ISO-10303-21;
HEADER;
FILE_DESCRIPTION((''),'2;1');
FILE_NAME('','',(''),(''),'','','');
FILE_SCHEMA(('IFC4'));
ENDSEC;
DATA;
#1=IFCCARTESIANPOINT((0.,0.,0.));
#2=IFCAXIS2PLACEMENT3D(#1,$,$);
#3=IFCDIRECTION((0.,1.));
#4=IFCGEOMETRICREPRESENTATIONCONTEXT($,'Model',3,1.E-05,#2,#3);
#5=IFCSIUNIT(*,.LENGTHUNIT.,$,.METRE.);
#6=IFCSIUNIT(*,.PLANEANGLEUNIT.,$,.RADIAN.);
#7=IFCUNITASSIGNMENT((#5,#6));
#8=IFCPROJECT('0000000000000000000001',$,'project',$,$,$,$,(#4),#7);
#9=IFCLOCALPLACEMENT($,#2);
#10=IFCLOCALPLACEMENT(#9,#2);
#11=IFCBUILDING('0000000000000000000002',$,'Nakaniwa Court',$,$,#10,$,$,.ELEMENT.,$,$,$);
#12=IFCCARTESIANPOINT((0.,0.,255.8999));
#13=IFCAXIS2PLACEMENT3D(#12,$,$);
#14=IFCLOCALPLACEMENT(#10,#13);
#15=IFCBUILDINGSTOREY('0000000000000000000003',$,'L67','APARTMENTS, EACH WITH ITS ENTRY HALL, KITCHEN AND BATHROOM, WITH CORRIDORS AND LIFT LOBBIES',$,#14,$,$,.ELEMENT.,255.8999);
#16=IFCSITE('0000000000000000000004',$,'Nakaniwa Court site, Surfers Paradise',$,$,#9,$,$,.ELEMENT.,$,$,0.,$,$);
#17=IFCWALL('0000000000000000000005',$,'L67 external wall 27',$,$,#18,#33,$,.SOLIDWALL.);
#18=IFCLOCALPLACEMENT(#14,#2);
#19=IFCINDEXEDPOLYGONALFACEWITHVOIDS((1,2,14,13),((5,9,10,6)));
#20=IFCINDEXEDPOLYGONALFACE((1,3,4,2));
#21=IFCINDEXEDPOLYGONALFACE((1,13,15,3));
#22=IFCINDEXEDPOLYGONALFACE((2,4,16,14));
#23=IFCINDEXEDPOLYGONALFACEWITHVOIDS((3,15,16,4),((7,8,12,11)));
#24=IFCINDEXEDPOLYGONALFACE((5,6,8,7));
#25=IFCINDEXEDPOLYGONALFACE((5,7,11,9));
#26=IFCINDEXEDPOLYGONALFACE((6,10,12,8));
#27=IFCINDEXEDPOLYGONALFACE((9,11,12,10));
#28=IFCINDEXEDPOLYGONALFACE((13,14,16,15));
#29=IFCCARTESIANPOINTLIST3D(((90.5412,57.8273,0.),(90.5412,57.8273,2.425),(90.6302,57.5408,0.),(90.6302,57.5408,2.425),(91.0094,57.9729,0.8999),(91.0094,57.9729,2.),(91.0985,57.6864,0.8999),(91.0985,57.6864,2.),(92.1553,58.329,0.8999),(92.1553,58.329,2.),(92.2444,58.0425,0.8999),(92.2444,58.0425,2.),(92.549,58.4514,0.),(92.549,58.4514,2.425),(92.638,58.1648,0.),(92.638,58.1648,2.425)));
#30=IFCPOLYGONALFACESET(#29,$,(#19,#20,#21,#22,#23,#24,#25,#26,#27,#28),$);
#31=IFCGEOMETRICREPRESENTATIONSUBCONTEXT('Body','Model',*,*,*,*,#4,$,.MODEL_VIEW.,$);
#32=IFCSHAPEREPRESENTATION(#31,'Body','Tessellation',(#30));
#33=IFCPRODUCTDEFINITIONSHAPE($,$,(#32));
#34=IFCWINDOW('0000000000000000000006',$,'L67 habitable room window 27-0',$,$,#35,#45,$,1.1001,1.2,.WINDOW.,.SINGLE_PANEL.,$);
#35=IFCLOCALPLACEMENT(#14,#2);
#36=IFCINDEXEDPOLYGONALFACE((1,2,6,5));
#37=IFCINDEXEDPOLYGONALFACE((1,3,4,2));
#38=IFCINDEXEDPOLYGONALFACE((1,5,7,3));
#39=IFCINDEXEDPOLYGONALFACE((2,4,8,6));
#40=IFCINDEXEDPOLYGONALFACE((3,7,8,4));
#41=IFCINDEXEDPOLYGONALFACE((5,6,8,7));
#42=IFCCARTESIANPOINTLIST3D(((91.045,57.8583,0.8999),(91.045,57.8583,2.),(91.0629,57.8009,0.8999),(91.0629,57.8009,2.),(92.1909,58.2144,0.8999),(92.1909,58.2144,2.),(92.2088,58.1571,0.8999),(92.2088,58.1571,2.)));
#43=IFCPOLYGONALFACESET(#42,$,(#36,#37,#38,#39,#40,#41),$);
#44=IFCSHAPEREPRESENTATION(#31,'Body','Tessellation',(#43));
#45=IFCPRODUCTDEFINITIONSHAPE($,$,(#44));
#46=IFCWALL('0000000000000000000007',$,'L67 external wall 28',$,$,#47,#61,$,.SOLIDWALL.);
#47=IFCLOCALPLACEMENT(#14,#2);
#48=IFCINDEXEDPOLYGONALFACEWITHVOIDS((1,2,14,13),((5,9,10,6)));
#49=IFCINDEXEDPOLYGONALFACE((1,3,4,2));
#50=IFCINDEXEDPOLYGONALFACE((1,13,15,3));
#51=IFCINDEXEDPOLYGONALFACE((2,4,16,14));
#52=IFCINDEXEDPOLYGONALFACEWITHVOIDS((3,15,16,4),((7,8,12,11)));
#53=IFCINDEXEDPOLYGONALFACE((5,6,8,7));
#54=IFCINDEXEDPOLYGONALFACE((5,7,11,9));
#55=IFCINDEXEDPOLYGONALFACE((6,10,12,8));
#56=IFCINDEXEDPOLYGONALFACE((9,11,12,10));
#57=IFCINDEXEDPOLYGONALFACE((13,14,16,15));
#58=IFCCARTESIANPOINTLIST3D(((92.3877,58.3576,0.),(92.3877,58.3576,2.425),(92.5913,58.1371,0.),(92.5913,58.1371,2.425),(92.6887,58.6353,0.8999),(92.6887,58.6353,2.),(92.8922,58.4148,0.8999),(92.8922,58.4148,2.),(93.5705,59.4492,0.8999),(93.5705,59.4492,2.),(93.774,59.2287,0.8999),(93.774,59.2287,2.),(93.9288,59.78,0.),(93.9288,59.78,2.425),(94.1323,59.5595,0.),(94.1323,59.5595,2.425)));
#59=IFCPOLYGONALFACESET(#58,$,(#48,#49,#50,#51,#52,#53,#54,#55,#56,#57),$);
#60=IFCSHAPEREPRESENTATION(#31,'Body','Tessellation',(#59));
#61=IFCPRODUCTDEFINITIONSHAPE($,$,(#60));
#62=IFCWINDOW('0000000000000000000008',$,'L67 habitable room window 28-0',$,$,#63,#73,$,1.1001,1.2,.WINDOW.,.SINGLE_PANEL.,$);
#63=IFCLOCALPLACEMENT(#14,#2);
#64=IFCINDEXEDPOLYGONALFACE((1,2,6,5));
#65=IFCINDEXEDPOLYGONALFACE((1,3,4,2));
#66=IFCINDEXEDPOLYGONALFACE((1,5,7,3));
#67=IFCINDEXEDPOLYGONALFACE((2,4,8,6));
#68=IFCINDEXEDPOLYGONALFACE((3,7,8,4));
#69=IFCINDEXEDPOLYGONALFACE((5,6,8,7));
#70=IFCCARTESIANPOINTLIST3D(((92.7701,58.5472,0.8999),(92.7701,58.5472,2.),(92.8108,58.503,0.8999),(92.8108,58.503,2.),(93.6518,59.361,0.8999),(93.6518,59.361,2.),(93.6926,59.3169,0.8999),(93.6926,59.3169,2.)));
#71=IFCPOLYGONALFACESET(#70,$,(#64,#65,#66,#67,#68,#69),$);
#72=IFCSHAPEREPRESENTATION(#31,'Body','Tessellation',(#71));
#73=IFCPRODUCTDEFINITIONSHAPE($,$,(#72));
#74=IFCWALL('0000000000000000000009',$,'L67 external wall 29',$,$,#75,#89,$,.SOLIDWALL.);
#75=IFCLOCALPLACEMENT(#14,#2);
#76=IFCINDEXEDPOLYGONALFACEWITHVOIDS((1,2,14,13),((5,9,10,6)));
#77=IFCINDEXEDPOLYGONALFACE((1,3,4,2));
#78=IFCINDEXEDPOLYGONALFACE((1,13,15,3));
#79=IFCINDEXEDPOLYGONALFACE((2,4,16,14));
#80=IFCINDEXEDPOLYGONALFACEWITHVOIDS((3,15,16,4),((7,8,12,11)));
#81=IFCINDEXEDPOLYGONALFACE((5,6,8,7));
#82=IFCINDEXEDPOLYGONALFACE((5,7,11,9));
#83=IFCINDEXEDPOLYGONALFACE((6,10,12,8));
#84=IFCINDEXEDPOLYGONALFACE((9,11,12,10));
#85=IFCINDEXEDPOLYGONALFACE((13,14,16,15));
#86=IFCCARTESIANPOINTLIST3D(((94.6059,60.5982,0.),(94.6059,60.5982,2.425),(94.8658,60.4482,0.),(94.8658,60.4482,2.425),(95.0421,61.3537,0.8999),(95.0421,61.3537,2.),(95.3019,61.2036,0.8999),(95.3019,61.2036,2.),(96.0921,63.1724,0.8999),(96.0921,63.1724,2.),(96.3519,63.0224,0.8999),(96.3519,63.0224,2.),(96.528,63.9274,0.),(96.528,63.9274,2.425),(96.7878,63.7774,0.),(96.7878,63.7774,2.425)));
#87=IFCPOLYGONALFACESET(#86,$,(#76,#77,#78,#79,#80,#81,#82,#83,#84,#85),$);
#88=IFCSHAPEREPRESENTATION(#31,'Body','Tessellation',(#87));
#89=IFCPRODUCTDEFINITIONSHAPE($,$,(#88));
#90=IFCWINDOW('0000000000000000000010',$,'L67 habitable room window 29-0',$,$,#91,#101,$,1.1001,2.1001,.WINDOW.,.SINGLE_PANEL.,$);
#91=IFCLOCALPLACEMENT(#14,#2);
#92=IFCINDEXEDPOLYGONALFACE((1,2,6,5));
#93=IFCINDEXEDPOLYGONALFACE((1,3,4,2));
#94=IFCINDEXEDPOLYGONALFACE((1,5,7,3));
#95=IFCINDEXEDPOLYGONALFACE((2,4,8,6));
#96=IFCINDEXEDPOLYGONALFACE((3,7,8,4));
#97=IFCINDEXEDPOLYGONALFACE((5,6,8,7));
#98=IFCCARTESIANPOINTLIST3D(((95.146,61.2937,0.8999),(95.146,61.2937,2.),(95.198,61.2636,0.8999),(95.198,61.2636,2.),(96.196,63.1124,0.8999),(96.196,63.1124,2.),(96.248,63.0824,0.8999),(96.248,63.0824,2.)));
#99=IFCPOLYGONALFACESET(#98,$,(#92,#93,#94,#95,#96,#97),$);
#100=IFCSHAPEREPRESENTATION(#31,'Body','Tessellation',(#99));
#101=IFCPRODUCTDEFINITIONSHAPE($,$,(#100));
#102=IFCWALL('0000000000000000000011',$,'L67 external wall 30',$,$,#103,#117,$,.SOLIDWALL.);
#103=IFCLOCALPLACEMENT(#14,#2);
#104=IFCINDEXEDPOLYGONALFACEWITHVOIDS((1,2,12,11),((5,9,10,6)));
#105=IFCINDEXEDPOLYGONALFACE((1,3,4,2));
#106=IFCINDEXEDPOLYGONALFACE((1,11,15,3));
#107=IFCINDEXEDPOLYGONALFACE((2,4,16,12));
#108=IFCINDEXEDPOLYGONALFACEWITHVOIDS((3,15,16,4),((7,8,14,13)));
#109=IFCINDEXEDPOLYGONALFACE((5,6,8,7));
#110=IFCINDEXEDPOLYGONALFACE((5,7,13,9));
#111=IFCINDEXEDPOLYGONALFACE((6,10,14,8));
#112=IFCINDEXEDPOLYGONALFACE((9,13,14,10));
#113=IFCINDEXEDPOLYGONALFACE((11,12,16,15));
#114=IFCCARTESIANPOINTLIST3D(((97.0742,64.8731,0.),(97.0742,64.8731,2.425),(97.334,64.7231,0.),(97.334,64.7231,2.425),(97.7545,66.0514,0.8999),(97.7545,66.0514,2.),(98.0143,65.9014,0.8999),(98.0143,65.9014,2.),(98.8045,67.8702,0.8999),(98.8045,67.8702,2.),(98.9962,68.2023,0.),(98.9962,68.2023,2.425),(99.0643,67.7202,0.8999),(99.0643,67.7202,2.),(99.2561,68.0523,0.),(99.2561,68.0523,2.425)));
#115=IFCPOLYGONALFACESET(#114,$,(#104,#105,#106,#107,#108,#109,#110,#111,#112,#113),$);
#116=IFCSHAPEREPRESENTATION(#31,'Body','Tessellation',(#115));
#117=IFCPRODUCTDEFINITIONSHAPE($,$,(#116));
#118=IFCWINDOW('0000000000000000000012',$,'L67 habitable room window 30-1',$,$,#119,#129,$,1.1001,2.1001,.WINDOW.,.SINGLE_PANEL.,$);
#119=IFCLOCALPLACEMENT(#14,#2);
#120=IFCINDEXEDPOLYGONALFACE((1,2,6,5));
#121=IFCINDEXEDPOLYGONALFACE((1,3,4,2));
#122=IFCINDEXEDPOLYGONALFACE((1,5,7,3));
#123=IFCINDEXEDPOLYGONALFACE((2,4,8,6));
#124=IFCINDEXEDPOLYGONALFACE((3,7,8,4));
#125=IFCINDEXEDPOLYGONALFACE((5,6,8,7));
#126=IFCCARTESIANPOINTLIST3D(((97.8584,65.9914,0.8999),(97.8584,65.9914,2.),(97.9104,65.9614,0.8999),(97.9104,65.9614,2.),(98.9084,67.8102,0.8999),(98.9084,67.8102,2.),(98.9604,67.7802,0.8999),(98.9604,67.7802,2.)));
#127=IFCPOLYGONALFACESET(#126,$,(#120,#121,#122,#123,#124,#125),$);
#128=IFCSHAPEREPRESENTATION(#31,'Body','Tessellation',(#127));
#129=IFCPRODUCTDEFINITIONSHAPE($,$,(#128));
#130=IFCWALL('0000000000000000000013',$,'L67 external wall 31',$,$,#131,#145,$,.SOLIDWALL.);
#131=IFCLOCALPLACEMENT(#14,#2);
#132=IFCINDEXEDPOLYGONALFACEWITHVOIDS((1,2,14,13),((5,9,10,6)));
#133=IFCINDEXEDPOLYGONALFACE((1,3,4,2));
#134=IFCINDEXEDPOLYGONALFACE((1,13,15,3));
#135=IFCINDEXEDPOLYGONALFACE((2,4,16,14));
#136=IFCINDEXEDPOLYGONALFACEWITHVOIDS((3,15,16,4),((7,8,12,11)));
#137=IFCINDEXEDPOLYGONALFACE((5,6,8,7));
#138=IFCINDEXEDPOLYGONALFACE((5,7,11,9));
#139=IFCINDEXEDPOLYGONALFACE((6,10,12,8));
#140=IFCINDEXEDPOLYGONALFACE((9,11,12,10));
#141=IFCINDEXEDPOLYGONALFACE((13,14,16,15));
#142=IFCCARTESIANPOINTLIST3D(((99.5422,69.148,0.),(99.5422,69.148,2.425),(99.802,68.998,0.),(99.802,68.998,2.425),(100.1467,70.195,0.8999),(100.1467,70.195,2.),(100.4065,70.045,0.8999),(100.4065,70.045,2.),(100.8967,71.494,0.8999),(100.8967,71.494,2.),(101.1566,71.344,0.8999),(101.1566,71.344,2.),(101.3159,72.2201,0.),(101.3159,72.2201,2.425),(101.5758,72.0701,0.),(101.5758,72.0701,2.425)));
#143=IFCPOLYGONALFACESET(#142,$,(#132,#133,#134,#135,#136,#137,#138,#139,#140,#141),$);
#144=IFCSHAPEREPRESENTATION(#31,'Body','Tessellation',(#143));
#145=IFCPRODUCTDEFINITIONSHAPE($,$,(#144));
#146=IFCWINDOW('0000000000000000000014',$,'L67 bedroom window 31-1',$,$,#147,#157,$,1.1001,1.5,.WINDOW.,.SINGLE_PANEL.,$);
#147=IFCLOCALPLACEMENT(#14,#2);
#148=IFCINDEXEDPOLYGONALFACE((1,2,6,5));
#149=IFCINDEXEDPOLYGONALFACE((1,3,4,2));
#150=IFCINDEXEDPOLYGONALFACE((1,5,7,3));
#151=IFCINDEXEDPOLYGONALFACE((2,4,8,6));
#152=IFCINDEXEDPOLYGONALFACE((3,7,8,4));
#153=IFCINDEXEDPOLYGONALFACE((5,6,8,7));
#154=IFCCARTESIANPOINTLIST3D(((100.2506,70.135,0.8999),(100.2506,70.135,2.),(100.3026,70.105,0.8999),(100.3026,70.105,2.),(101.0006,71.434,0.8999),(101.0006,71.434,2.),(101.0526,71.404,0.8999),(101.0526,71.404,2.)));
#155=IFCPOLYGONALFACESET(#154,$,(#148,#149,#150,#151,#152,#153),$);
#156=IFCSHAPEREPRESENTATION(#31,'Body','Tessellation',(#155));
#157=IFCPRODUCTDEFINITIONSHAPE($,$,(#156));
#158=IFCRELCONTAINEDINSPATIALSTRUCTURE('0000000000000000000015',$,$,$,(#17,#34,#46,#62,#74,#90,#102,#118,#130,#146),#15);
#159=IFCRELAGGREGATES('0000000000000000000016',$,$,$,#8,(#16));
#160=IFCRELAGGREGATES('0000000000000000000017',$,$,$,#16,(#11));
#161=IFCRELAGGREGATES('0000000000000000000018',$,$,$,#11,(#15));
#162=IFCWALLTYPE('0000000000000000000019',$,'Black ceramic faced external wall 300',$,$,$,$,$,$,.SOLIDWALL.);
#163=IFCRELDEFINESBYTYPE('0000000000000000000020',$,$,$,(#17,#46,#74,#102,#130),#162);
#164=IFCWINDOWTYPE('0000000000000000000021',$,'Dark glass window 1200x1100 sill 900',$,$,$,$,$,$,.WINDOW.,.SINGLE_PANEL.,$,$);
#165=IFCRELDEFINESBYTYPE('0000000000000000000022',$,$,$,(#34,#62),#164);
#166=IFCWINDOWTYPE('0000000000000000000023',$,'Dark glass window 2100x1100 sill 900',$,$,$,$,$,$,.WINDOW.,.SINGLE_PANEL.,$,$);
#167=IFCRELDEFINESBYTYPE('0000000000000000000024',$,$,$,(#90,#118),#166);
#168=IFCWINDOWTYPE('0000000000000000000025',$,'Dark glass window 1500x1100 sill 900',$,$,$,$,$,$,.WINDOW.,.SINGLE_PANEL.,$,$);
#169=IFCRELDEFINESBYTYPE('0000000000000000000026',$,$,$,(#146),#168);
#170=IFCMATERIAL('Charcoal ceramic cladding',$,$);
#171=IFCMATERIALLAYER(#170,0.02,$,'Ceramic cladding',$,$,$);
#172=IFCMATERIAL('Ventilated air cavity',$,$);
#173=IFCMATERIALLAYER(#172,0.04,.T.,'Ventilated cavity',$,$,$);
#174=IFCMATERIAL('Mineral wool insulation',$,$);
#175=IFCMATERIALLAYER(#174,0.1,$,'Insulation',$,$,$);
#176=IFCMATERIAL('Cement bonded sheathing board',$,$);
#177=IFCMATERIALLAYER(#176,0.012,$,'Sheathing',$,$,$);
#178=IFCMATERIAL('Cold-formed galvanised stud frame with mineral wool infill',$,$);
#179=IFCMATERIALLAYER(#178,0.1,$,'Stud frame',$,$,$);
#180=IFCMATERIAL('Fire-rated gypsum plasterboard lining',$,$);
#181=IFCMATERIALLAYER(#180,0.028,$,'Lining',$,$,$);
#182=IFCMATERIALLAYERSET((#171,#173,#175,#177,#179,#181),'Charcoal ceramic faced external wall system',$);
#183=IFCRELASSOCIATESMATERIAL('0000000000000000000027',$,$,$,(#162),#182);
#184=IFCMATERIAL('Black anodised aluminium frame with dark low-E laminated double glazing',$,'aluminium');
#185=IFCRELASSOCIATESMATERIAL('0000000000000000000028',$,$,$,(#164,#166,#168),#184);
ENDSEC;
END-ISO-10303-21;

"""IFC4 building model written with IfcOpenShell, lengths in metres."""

from ifc_helpers import new_model, si_unit, direction, frame, frame_2d, origin, place, context, subcontext, project, spatial, rectangle, extrude, material, layer, layer_set, type_object, element, fill, save


model = new_model("IFC4")

# Units and contexts
model_context = context("Model", 3, precision=1e-05, world=origin(), true_north=direction((0.0, 1.0)))
body_context = subcontext(model_context, "Body", "Model", "MODEL_VIEW")
ifc_project = project(units=[si_unit("LENGTHUNIT", "METRE"), si_unit("PLANEANGLEUNIT", "RADIAN")], contexts=[model_context])

# Site, building, storey
site_placement = place(None, origin())
site = spatial("IfcSite", under=ifc_project, at=site_placement, Name="Nakaniwa Court site, Surfers Paradise", CompositionType="ELEMENT", RefElevation=0.0)
building_placement = place(site_placement, origin())
building = spatial("IfcBuilding", under=site, at=building_placement, Name="Nakaniwa Court", CompositionType="ELEMENT")
storey_placement = place(building_placement, frame((0.0, 0.0, 255.8999)))
storey = spatial("IfcBuildingStorey", under=building, at=storey_placement, Name="L67", Description="APARTMENTS, EACH WITH ITS ENTRY HALL, KITCHEN AND BATHROOM, WITH CORRIDORS AND LIFT LOBBIES", CompositionType="ELEMENT", Elevation=255.8999)

# Walls, openings, windows
ifc_material_1 = material(Name="Charcoal ceramic cladding")
ifc_layer_1 = layer(ifc_material_1, 0.02, Name="Ceramic cladding")
ifc_material_2 = material(Name="Ventilated air cavity")
ifc_layer_2 = layer(ifc_material_2, 0.04, ventilated=True, Name="Ventilated cavity")
ifc_material_3 = material(Name="Mineral wool insulation")
ifc_layer_3 = layer(ifc_material_3, 0.1, Name="Insulation")
ifc_material_4 = material(Name="Cement bonded sheathing board")
ifc_layer_4 = layer(ifc_material_4, 0.012, Name="Sheathing")
ifc_material_5 = material(Name="Cold-formed galvanised stud frame with mineral wool infill")
ifc_layer_5 = layer(ifc_material_5, 0.1, Name="Stud frame")
ifc_material_6 = material(Name="Fire-rated gypsum plasterboard lining")
ifc_layer_6 = layer(ifc_material_6, 0.028, Name="Lining")
ifc_layer_set_1 = layer_set([ifc_layer_1, ifc_layer_2, ifc_layer_3, ifc_layer_4, ifc_layer_5, ifc_layer_6], Name="Charcoal ceramic faced external wall system")
wall_type_1 = type_object("IfcWallType", Name="Black ceramic faced external wall 300", PredefinedType="SOLIDWALL", material=ifc_layer_set_1)
wall_1_placement = place(storey_placement, frame((90.5857, 57.6841, 0.0), z_axis=(0.0, 0.0, 1.0), x_axis=(0.954942, 0.296794, 0.0)))
wall_1 = element("IfcWall", 1, at=wall_1_placement, inside=storey, type_object=wall_type_1, Name="L67 external wall 27", PredefinedType="SOLIDWALL", context=body_context, shape_type="SweptSolid", body=[
    extrude(rectangle(XDim=2.1025, YDim=0.3, at=frame_2d((1.0513, 0.0))), origin(), (0.0, 0.0, 1.0), 2.425),
])
opening_1_placement = place(wall_1_placement, frame((0.4902, 0.0, 0.8999)))
opening_1 = element("IfcOpeningElement", 2, at=opening_1_placement, cuts=wall_1, PredefinedType="OPENING", context=body_context, shape_type="SweptSolid", body=[
    extrude(rectangle(XDim=1.2, YDim=1.1001, at=frame_2d((0.6001, 0.55))), frame((0.0, 0.1599, 0.0), z_axis=(0.0, -1.0, 0.0), x_axis=(1.0, 0.0, 0.0)), (0.0, 0.0, 1.0), 0.3201),
])
ifc_material_7 = material(Name="Black anodised aluminium frame with dark low-E laminated double glazing", Category="aluminium")
window_type_1 = type_object("IfcWindowType", Name="Dark glass window 1200x1100 sill 900", PartitioningType="SINGLE_PANEL", PredefinedType="WINDOW", material=ifc_material_7)
window_1_placement = place(opening_1_placement, origin())
window_1 = element("IfcWindow", 3, at=window_1_placement, inside=storey, type_object=window_type_1, Name="L67 habitable room window 27-0", OverallHeight=1.1001, OverallWidth=1.2, PartitioningType="SINGLE_PANEL", PredefinedType="WINDOW", context=body_context, shape_type="SweptSolid", body=[
    extrude(rectangle(XDim=1.2, YDim=1.1001, at=frame_2d((0.6001, 0.55))), frame((0.0, 0.03, 0.0), z_axis=(0.0, -1.0, 0.0), x_axis=(1.0, 0.0, 0.0)), (0.0, 0.0, 1.0), 0.0601),
])
fill(opening_1, window_1)
wall_2_placement = place(storey_placement, frame((92.4895, 58.2473, 0.0), z_axis=(0.0, 0.0, 1.0), x_axis=(0.73483, 0.678251, 0.0)))
wall_2 = element("IfcWall", 4, at=wall_2_placement, inside=storey, type_object=wall_type_1, Name="L67 external wall 28", PredefinedType="SOLIDWALL", context=body_context, shape_type="SweptSolid", body=[
    extrude(rectangle(XDim=2.0972, YDim=0.3, at=frame_2d((1.0486, 0.0))), origin(), (0.0, 0.0, 1.0), 2.425),
])
opening_2_placement = place(wall_2_placement, frame((0.4094, 0.0, 0.8999)))
opening_2 = element("IfcOpeningElement", 5, at=opening_2_placement, cuts=wall_2, PredefinedType="OPENING", context=body_context, shape_type="SweptSolid", body=[
    extrude(rectangle(XDim=1.2, YDim=1.1001, at=frame_2d((0.6001, 0.55))), frame((0.0, 0.1599, 0.0), z_axis=(0.0, -1.0, 0.0), x_axis=(1.0, 0.0, 0.0)), (0.0, 0.0, 1.0), 0.3201),
])
window_2_placement = place(opening_2_placement, origin())
window_2 = element("IfcWindow", 6, at=window_2_placement, inside=storey, type_object=window_type_1, Name="L67 habitable room window 28-0", OverallHeight=1.1001, OverallWidth=1.2, PartitioningType="SINGLE_PANEL", PredefinedType="WINDOW", context=body_context, shape_type="SweptSolid", body=[
    extrude(rectangle(XDim=1.2, YDim=1.1001, at=frame_2d((0.6001, 0.55))), frame((0.0, 0.03, 0.0), z_axis=(0.0, -1.0, 0.0), x_axis=(1.0, 0.0, 0.0)), (0.0, 0.0, 1.0), 0.0601),
])
fill(opening_2, window_2)
wall_3_placement = place(storey_placement, frame((94.7358, 60.5232, 0.0), z_axis=(0.0, 0.0, 1.0), x_axis=(0.499984, 0.866034, 0.0)))
wall_3 = element("IfcWall", 7, at=wall_3_placement, inside=storey, type_object=wall_type_1, Name="L67 external wall 29", PredefinedType="SOLIDWALL", context=body_context, shape_type="SweptSolid", body=[
    extrude(rectangle(XDim=3.8442, YDim=0.3, at=frame_2d((1.9221, 0.0))), origin(), (0.0, 0.0, 1.0), 2.425),
])
opening_3_placement = place(wall_3_placement, frame((0.8723, 0.0, 0.8999)))
opening_3 = element("IfcOpeningElement", 8, at=opening_3_placement, cuts=wall_3, PredefinedType="OPENING", context=body_context, shape_type="SweptSolid", body=[
    extrude(rectangle(XDim=2.1001, YDim=1.1001, at=frame_2d((1.05, 0.55))), frame((0.0, 0.1599, 0.0), z_axis=(0.0, -1.0, 0.0), x_axis=(1.0, 0.0, 0.0)), (0.0, 0.0, 1.0), 0.3201),
])
window_type_2 = type_object("IfcWindowType", Name="Dark glass window 2100x1100 sill 900", PartitioningType="SINGLE_PANEL", PredefinedType="WINDOW", material=ifc_material_7)
window_3_placement = place(opening_3_placement, origin())
window_3 = element("IfcWindow", 9, at=window_3_placement, inside=storey, type_object=window_type_2, Name="L67 habitable room window 29-0", OverallHeight=1.1001, OverallWidth=2.1001, PartitioningType="SINGLE_PANEL", PredefinedType="WINDOW", context=body_context, shape_type="SweptSolid", body=[
    extrude(rectangle(XDim=2.1001, YDim=1.1001, at=frame_2d((1.05, 0.55))), frame((0.0, 0.03, 0.0), z_axis=(0.0, -1.0, 0.0), x_axis=(1.0, 0.0, 0.0)), (0.0, 0.0, 1.0), 0.0601),
])
fill(opening_3, window_3)
wall_4_placement = place(storey_placement, frame((97.2041, 64.7981, 0.0), z_axis=(0.0, 0.0, 1.0), x_axis=(0.499984, 0.866034, 0.0)))
wall_4 = element("IfcWall", 10, at=wall_4_placement, inside=storey, type_object=wall_type_1, Name="L67 external wall 30", PredefinedType="SOLIDWALL", context=body_context, shape_type="SweptSolid", body=[
    extrude(rectangle(XDim=3.8442, YDim=0.3, at=frame_2d((1.9221, 0.0))), origin(), (0.0, 0.0, 1.0), 2.425),
])
opening_4_placement = place(wall_4_placement, frame((1.3606, 0.0, 0.8999)))
opening_4 = element("IfcOpeningElement", 11, at=opening_4_placement, cuts=wall_4, PredefinedType="OPENING", context=body_context, shape_type="SweptSolid", body=[
    extrude(rectangle(XDim=2.1001, YDim=1.1001, at=frame_2d((1.05, 0.55))), frame((0.0, 0.1599, 0.0), z_axis=(0.0, -1.0, 0.0), x_axis=(1.0, 0.0, 0.0)), (0.0, 0.0, 1.0), 0.3201),
])
window_4_placement = place(opening_4_placement, origin())
window_4 = element("IfcWindow", 12, at=window_4_placement, inside=storey, type_object=window_type_2, Name="L67 habitable room window 30-1", OverallHeight=1.1001, OverallWidth=2.1001, PartitioningType="SINGLE_PANEL", PredefinedType="WINDOW", context=body_context, shape_type="SweptSolid", body=[
    extrude(rectangle(XDim=2.1001, YDim=1.1001, at=frame_2d((1.05, 0.55))), frame((0.0, 0.03, 0.0), z_axis=(0.0, -1.0, 0.0), x_axis=(1.0, 0.0, 0.0)), (0.0, 0.0, 1.0), 0.0601),
])
fill(opening_4, window_4)
wall_5_placement = place(storey_placement, frame((99.6721, 69.073, 0.0), z_axis=(0.0, 0.0, 1.0), x_axis=(0.50001, 0.866019, 0.0)))
wall_5 = element("IfcWall", 13, at=wall_5_placement, inside=storey, type_object=wall_type_1, Name="L67 external wall 31", PredefinedType="SOLIDWALL", context=body_context, shape_type="SweptSolid", body=[
    extrude(rectangle(XDim=3.5474, YDim=0.3, at=frame_2d((1.7737, 0.0))), origin(), (0.0, 0.0, 1.0), 2.425),
])
opening_5_placement = place(wall_5_placement, frame((1.209, 0.0, 0.8999)))
opening_5 = element("IfcOpeningElement", 14, at=opening_5_placement, cuts=wall_5, PredefinedType="OPENING", context=body_context, shape_type="SweptSolid", body=[
    extrude(rectangle(XDim=1.5, YDim=1.1001, at=frame_2d((0.75, 0.55))), frame((0.0, 0.1599, 0.0), z_axis=(0.0, -1.0, 0.0), x_axis=(1.0, 0.0, 0.0)), (0.0, 0.0, 1.0), 0.3201),
])
window_type_3 = type_object("IfcWindowType", Name="Dark glass window 1500x1100 sill 900", PartitioningType="SINGLE_PANEL", PredefinedType="WINDOW", material=ifc_material_7)
window_5_placement = place(opening_5_placement, origin())
window_5 = element("IfcWindow", 15, at=window_5_placement, inside=storey, type_object=window_type_3, Name="L67 bedroom window 31-1", OverallHeight=1.1001, OverallWidth=1.5, PartitioningType="SINGLE_PANEL", PredefinedType="WINDOW", context=body_context, shape_type="SweptSolid", body=[
    extrude(rectangle(XDim=1.5, YDim=1.1001, at=frame_2d((0.75, 0.55))), frame((0.0, 0.03, 0.0), z_axis=(0.0, -1.0, 0.0), x_axis=(1.0, 0.0, 0.0)), (0.0, 0.0, 1.0), 0.0601),
])
fill(opening_5, window_5)

save(model, "model.ifc")
